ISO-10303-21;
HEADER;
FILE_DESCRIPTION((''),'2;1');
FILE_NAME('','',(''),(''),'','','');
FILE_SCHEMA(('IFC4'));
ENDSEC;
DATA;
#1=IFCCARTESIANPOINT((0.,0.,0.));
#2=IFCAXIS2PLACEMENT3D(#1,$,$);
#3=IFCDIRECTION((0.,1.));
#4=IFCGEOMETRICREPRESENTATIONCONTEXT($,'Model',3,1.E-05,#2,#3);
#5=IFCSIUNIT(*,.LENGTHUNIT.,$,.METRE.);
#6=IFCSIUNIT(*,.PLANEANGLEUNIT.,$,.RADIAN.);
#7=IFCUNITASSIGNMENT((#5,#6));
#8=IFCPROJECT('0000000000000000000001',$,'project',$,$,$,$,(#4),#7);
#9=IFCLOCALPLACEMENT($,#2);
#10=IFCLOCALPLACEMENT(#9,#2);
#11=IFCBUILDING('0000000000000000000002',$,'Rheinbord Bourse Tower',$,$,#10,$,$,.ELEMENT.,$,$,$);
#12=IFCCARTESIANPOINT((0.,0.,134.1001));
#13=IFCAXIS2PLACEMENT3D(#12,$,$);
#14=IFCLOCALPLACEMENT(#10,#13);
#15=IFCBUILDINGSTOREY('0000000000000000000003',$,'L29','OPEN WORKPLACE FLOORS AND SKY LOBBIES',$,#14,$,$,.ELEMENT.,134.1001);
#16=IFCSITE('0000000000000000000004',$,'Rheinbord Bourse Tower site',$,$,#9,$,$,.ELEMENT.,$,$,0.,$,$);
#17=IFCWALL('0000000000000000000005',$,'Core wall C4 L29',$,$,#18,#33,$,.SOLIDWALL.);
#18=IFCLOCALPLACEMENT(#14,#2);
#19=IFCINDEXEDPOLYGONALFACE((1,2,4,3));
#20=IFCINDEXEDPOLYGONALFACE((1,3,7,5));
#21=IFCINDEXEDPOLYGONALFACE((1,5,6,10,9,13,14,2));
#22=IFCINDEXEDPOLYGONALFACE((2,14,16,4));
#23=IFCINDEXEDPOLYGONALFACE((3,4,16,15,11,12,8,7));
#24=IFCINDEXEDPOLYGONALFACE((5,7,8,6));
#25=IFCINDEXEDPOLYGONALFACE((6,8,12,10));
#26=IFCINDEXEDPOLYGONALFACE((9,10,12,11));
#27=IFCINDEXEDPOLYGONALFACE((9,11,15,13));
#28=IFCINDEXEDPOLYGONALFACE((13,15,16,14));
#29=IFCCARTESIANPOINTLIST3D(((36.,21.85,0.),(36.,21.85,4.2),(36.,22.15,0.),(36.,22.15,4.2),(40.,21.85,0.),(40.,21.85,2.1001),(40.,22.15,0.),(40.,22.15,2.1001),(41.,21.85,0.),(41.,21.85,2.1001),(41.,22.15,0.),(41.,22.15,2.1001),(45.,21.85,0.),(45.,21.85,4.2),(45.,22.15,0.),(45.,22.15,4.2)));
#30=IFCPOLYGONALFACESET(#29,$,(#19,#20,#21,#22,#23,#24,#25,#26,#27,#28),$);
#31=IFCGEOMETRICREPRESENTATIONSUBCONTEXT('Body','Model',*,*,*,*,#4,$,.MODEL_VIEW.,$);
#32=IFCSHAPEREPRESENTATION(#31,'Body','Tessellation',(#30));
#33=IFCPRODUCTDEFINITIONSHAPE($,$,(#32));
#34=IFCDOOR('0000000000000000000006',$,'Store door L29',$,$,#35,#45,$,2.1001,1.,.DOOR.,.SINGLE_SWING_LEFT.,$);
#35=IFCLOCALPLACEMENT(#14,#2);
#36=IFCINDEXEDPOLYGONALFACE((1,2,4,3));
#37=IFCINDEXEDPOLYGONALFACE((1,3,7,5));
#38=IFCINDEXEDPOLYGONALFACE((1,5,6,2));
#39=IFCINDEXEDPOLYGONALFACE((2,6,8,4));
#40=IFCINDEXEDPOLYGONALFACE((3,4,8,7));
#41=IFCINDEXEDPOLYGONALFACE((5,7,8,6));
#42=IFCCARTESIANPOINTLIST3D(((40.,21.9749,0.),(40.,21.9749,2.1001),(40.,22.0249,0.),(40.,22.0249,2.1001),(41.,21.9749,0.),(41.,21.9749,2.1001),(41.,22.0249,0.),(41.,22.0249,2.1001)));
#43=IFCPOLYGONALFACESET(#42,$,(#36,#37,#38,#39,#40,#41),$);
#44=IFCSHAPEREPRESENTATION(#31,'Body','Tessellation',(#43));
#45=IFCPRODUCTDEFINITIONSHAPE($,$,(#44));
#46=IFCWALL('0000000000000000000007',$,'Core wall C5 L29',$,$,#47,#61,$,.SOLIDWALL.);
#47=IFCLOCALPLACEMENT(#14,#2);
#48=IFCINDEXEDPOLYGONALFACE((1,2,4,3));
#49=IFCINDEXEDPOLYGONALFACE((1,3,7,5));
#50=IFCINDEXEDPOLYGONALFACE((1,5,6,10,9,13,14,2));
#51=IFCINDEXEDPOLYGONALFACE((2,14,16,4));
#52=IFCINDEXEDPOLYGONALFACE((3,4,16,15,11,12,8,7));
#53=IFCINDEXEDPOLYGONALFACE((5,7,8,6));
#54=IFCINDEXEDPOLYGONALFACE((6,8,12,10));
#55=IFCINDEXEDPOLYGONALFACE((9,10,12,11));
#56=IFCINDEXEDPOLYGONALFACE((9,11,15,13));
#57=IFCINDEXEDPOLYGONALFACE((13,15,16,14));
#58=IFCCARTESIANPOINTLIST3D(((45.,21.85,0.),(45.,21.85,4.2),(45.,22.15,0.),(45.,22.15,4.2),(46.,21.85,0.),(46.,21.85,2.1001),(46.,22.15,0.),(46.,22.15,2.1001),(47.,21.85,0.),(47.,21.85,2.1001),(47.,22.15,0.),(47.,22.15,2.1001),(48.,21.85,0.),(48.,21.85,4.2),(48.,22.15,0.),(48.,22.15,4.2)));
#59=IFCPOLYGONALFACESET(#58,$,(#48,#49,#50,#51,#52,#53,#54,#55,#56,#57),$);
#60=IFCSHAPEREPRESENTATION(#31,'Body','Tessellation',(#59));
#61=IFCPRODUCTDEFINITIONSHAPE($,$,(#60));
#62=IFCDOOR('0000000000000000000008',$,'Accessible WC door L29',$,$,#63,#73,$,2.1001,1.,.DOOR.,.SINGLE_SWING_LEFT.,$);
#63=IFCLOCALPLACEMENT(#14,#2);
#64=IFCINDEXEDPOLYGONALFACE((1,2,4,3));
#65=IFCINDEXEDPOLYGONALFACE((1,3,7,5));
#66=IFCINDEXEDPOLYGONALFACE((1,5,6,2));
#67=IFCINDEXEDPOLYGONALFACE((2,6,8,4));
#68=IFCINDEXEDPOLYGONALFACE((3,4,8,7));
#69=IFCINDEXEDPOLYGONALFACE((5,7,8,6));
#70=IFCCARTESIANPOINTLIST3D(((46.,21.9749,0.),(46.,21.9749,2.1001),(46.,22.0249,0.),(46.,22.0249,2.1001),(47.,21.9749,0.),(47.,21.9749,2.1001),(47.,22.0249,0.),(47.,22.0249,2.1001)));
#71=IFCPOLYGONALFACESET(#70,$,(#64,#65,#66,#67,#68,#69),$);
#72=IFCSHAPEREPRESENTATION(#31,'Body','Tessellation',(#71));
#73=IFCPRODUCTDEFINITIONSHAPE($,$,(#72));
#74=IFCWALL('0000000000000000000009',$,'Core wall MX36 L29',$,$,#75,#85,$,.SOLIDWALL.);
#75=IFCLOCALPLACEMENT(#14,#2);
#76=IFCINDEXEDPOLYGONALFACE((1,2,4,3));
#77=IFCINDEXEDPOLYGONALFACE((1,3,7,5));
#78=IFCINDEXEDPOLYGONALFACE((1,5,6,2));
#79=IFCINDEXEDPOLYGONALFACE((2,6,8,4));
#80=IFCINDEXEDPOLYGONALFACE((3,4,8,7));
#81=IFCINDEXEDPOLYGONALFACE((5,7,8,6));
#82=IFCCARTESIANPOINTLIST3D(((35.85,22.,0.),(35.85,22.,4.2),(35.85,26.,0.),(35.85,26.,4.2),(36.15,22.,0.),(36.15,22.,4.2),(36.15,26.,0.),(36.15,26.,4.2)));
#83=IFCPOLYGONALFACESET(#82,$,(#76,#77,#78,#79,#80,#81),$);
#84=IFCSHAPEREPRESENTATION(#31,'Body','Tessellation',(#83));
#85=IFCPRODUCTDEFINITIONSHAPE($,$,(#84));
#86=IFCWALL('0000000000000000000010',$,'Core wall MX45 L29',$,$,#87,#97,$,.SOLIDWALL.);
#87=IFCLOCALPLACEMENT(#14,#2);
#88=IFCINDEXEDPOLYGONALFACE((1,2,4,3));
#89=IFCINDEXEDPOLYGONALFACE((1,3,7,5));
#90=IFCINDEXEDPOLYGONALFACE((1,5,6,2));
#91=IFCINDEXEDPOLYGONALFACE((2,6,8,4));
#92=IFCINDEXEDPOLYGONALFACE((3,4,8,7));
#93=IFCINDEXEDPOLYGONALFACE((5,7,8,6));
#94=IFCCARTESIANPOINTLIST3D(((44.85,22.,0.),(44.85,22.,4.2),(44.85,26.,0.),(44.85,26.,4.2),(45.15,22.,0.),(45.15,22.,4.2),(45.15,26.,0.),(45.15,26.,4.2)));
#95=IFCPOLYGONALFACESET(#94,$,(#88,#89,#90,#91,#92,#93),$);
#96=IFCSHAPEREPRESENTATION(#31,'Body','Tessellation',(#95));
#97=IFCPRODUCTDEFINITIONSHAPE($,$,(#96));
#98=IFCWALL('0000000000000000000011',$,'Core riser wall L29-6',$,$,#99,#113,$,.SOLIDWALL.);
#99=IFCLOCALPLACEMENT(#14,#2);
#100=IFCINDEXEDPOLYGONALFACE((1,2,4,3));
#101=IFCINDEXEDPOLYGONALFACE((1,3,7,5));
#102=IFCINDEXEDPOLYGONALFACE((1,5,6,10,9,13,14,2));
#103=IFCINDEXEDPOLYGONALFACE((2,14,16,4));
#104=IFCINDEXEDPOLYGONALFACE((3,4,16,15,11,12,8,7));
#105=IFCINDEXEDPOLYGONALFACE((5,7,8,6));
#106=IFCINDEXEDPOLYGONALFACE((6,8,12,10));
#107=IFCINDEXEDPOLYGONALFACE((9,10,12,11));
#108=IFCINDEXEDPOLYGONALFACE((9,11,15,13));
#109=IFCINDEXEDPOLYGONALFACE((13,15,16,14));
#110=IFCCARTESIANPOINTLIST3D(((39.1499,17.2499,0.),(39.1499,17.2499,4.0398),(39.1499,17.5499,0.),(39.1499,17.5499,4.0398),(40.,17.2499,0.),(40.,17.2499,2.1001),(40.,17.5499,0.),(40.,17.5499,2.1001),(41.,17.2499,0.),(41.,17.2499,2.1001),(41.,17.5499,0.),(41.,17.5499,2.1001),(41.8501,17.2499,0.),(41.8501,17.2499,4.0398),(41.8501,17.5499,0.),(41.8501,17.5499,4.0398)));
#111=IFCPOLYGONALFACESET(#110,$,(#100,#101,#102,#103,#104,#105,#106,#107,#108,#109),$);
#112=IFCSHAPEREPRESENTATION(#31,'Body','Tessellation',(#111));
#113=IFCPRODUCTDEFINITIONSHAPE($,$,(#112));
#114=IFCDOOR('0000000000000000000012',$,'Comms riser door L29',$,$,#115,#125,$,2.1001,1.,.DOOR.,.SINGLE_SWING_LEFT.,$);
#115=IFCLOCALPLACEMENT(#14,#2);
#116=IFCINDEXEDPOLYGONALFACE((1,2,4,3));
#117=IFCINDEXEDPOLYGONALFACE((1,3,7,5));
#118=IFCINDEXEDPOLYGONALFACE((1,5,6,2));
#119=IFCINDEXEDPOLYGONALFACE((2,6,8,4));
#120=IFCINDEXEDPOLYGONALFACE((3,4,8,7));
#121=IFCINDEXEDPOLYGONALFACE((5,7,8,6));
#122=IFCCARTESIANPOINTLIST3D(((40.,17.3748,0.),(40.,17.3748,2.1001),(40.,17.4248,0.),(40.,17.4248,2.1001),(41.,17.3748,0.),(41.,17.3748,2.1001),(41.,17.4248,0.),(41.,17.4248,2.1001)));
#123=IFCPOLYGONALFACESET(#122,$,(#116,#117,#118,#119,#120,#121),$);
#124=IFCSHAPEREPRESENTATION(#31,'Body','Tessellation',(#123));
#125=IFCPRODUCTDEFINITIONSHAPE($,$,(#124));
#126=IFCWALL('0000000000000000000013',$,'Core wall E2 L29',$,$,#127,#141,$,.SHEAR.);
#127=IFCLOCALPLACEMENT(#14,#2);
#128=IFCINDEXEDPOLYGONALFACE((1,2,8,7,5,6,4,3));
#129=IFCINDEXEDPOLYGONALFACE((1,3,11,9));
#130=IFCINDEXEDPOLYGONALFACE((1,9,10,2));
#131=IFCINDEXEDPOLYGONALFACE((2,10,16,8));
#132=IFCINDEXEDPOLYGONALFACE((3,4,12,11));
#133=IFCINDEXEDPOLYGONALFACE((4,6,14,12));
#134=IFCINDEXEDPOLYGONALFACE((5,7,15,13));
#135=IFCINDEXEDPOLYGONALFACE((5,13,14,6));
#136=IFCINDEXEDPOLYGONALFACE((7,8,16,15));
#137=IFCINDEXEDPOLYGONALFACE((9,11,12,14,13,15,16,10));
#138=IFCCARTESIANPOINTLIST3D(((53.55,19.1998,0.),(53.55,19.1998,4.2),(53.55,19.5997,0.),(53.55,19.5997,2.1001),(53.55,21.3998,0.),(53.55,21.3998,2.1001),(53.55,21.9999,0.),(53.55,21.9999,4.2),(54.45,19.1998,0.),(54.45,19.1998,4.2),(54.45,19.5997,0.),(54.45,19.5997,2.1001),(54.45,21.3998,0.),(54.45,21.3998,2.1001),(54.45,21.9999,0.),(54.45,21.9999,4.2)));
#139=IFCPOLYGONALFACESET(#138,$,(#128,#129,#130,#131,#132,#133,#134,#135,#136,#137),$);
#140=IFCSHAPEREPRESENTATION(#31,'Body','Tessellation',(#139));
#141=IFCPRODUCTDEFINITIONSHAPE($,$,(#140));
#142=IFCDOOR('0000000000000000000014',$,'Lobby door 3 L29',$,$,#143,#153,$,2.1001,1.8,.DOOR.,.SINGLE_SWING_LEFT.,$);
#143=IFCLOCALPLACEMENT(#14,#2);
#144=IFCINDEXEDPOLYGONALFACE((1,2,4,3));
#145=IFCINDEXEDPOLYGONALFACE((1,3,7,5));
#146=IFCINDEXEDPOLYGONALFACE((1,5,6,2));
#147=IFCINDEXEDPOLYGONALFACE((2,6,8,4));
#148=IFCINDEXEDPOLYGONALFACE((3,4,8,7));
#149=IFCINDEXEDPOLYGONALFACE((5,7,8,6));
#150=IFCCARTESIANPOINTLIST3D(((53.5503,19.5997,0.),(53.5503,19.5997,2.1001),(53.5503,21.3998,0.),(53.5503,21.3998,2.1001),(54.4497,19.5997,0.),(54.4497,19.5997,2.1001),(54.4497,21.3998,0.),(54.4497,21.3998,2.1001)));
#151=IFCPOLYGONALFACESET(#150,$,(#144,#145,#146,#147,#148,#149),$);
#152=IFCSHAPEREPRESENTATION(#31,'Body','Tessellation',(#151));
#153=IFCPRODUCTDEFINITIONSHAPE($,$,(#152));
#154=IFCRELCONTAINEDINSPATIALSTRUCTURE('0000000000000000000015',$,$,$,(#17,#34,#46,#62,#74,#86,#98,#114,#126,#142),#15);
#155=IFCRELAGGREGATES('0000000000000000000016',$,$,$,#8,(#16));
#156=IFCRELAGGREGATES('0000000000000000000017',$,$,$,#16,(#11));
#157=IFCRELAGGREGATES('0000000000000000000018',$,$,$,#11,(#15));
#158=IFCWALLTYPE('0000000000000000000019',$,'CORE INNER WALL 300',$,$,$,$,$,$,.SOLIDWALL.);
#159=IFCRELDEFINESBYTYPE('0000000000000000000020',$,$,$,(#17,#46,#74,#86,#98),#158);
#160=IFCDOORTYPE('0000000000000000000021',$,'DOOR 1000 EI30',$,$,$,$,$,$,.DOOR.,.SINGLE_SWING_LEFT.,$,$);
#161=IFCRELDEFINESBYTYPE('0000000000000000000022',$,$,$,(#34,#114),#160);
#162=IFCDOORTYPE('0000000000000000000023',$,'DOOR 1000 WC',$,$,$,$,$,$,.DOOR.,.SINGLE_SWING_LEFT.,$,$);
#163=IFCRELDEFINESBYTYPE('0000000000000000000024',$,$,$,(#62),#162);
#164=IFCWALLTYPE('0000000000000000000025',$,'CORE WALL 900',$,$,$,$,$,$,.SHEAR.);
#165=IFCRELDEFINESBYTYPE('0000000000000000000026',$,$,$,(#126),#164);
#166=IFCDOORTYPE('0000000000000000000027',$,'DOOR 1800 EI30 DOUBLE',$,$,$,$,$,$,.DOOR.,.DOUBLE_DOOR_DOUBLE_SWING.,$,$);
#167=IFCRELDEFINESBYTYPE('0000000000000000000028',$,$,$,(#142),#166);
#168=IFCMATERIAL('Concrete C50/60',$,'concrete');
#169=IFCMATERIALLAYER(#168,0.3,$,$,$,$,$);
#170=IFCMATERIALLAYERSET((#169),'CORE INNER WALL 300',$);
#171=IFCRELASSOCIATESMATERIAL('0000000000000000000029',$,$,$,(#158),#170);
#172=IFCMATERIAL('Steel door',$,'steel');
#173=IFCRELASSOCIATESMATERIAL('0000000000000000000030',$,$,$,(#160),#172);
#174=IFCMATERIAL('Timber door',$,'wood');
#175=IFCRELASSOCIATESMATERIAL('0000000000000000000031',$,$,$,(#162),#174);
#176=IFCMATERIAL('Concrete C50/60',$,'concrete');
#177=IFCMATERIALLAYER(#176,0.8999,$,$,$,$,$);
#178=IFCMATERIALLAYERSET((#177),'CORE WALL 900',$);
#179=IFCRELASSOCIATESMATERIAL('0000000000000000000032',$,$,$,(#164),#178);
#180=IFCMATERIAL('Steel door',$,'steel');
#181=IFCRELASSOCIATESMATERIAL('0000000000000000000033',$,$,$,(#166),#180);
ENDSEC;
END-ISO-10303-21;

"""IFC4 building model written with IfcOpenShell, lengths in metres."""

from ifc_helpers import new_model, si_unit, direction, frame, frame_2d, origin, place, context, subcontext, project, spatial, rectangle, extrude, material, layer, layer_set, type_object, element, fill, save


model = new_model("IFC4")

# Units and contexts
model_context = context("Model", 3, precision=1e-05, world=origin(), true_north=direction((0.0, 1.0)))
body_context = subcontext(model_context, "Body", "Model", "MODEL_VIEW")
ifc_project = project(units=[si_unit("LENGTHUNIT", "METRE"), si_unit("PLANEANGLEUNIT", "RADIAN")], contexts=[model_context])

# Site, building, storey
site_placement = place(None, origin())
site = spatial("IfcSite", under=ifc_project, at=site_placement, Name="Rheinbord Bourse Tower site", CompositionType="ELEMENT", RefElevation=0.0)
building_placement = place(site_placement, origin())
building = spatial("IfcBuilding", under=site, at=building_placement, Name="Rheinbord Bourse Tower", CompositionType="ELEMENT")
storey_placement = place(building_placement, frame((0.0, 0.0, 134.1001)))
storey = spatial("IfcBuildingStorey", under=building, at=storey_placement, Name="L29", Description="OPEN WORKPLACE FLOORS AND SKY LOBBIES", CompositionType="ELEMENT", Elevation=134.1001)

# Shared definitions
ifc_material_1 = material(Name="Concrete C50/60", Category="concrete")
ifc_layer_1 = layer(ifc_material_1, 0.3)
ifc_layer_set_1 = layer_set([ifc_layer_1], Name="CORE INNER WALL 300")
wall_type_1 = type_object("IfcWallType", Name="CORE INNER WALL 300", PredefinedType="SOLIDWALL", material=ifc_layer_set_1)
ifc_material_2 = material(Name="Steel door", Category="steel")
door_type_1 = type_object("IfcDoorType", Name="DOOR 1000 EI30", OperationType="SINGLE_SWING_LEFT", PredefinedType="DOOR", material=ifc_material_2)

# Walls, openings, doors
wall_1_placement = place(storey_placement, frame((36.0, 22.0, 0.0), z_axis=(0.0, 0.0, 1.0), x_axis=(1.0, 0.0, 0.0)))
wall_1 = element("IfcWall", 1, at=wall_1_placement, inside=storey, type_object=wall_type_1, Name="Core wall C4 L29", PredefinedType="SOLIDWALL", context=body_context, shape_type="SweptSolid", body=[
    extrude(rectangle(XDim=9.0, YDim=0.3, at=frame_2d((4.5, 0.0))), origin(), (0.0, 0.0, 1.0), 4.2),
])
opening_1_placement = place(wall_1_placement, frame((4.0, 0.0, 0.0)))
opening_1 = element("IfcOpeningElement", 2, at=opening_1_placement, cuts=wall_1, PredefinedType="OPENING", context=body_context, shape_type="SweptSolid", body=[
    extrude(rectangle(XDim=1.0, YDim=2.1001, at=frame_2d((0.5, 1.05))), frame((0.0, 0.1599, 0.0), z_axis=(0.0, -1.0, 0.0), x_axis=(1.0, 0.0, 0.0)), (0.0, 0.0, 1.0), 0.3201),
])
door_1_placement = place(opening_1_placement, origin())
door_1 = element("IfcDoor", 3, at=door_1_placement, inside=storey, type_object=door_type_1, Name="Store door L29", OperationType="SINGLE_SWING_LEFT", OverallHeight=2.1001, OverallWidth=1.0, PredefinedType="DOOR", context=body_context, shape_type="SweptSolid", body=[
    extrude(rectangle(XDim=1.0, YDim=2.1001, at=frame_2d((0.5, 1.05))), frame((0.0, 0.0249, 0.0), z_axis=(0.0, -1.0, 0.0), x_axis=(1.0, 0.0, 0.0)), (0.0, 0.0, 1.0), 0.05),
])
fill(opening_1, door_1)
wall_2_placement = place(storey_placement, frame((45.0, 22.0, 0.0), z_axis=(0.0, 0.0, 1.0), x_axis=(1.0, 0.0, 0.0)))
wall_2 = element("IfcWall", 4, at=wall_2_placement, inside=storey, type_object=wall_type_1, Name="Core wall C5 L29", PredefinedType="SOLIDWALL", context=body_context, shape_type="SweptSolid", body=[
    extrude(rectangle(XDim=3.0, YDim=0.3, at=frame_2d((1.5, 0.0))), origin(), (0.0, 0.0, 1.0), 4.2),
])
opening_2_placement = place(wall_2_placement, frame((1.0, 0.0, 0.0)))
opening_2 = element("IfcOpeningElement", 5, at=opening_2_placement, cuts=wall_2, PredefinedType="OPENING", context=body_context, shape_type="SweptSolid", body=[
    extrude(rectangle(XDim=1.0, YDim=2.1001, at=frame_2d((0.5, 1.05))), frame((0.0, 0.1599, 0.0), z_axis=(0.0, -1.0, 0.0), x_axis=(1.0, 0.0, 0.0)), (0.0, 0.0, 1.0), 0.3201),
])
ifc_material_3 = material(Name="Timber door", Category="wood")
door_type_2 = type_object("IfcDoorType", Name="DOOR 1000 WC", OperationType="SINGLE_SWING_LEFT", PredefinedType="DOOR", material=ifc_material_3)
door_2_placement = place(opening_2_placement, origin())
door_2 = element("IfcDoor", 6, at=door_2_placement, inside=storey, type_object=door_type_2, Name="Accessible WC door L29", OperationType="SINGLE_SWING_LEFT", OverallHeight=2.1001, OverallWidth=1.0, PredefinedType="DOOR", context=body_context, shape_type="SweptSolid", body=[
    extrude(rectangle(XDim=1.0, YDim=2.1001, at=frame_2d((0.5, 1.05))), frame((0.0, 0.0249, 0.0), z_axis=(0.0, -1.0, 0.0), x_axis=(1.0, 0.0, 0.0)), (0.0, 0.0, 1.0), 0.05),
])
fill(opening_2, door_2)

# Walls
for number, where, z_axis, x_axis, name in (
    (7, (36.0, 22.0, 0.0), (0.0, 0.0, 1.0), (0.0, 1.0, 0.0), "Core wall MX36 L29"),
    (8, (45.0, 22.0, 0.0), (0.0, 0.0, 1.0), (0.0, 1.0, 0.0), "Core wall MX45 L29"),
):
    element("IfcWall", number, at=place(storey_placement, frame(where, z_axis=z_axis, x_axis=x_axis)), inside=storey, type_object=wall_type_1, Name=name, PredefinedType="SOLIDWALL", context=body_context, shape_type="SweptSolid", body=[
        extrude(rectangle(XDim=4.0, YDim=0.3, at=frame_2d((2.0, 0.0))), origin(), (0.0, 0.0, 1.0), 4.2),
    ])

# Walls, openings, doors
wall_3_placement = place(storey_placement, frame((39.1499, 17.3999, 0.0), z_axis=(0.0, 0.0, 1.0), x_axis=(1.0, 0.0, 0.0)))
wall_3 = element("IfcWall", 9, at=wall_3_placement, inside=storey, type_object=wall_type_1, Name="Core riser wall L29-6", PredefinedType="SOLIDWALL", context=body_context, shape_type="SweptSolid", body=[
    extrude(rectangle(XDim=2.7002, YDim=0.3, at=frame_2d((1.3501, 0.0))), origin(), (0.0, 0.0, 1.0), 4.0398),
])
opening_3_placement = place(wall_3_placement, frame((0.8501, 0.0, 0.0)))
opening_3 = element("IfcOpeningElement", 10, at=opening_3_placement, cuts=wall_3, PredefinedType="OPENING", context=body_context, shape_type="SweptSolid", body=[
    extrude(rectangle(XDim=1.0, YDim=2.1001, at=frame_2d((0.5, 1.05))), frame((0.0, 0.1599, 0.0), z_axis=(0.0, -1.0, 0.0), x_axis=(1.0, 0.0, 0.0)), (0.0, 0.0, 1.0), 0.3201),
])
door_3_placement = place(opening_3_placement, origin())
door_3 = element("IfcDoor", 11, at=door_3_placement, inside=storey, type_object=door_type_1, Name="Comms riser door L29", OperationType="SINGLE_SWING_LEFT", OverallHeight=2.1001, OverallWidth=1.0, PredefinedType="DOOR", context=body_context, shape_type="SweptSolid", body=[
    extrude(rectangle(XDim=1.0, YDim=2.1001, at=frame_2d((0.5, 1.05))), frame((0.0, 0.0249, 0.0), z_axis=(0.0, -1.0, 0.0), x_axis=(1.0, 0.0, 0.0)), (0.0, 0.0, 1.0), 0.05),
])
fill(opening_3, door_3)
ifc_material_4 = material(Name="Concrete C50/60", Category="concrete")
ifc_layer_2 = layer(ifc_material_4, 0.8999)
ifc_layer_set_2 = layer_set([ifc_layer_2], Name="CORE WALL 900")
wall_type_2 = type_object("IfcWallType", Name="CORE WALL 900", PredefinedType="SHEAR", material=ifc_layer_set_2)
wall_4_placement = place(storey_placement, frame((54.0, 19.2, 0.0), z_axis=(0.0, 0.0, 1.0), x_axis=(0.0, 1.0, 0.0)))
wall_4 = element("IfcWall", 12, at=wall_4_placement, inside=storey, type_object=wall_type_2, Name="Core wall E2 L29", PredefinedType="SHEAR", context=body_context, shape_type="SweptSolid", body=[
    extrude(rectangle(XDim=2.8, YDim=0.8999, at=frame_2d((1.3999, 0.0))), origin(), (0.0, 0.0, 1.0), 4.2),
])
opening_4_placement = place(wall_4_placement, frame((0.3999, 0.0, 0.0)))
opening_4 = element("IfcOpeningElement", 13, at=opening_4_placement, cuts=wall_4, PredefinedType="OPENING", context=body_context, shape_type="SweptSolid", body=[
    extrude(rectangle(XDim=1.8, YDim=2.1001, at=frame_2d((0.8999, 1.05))), frame((0.0, 0.46, 0.0), z_axis=(0.0, -1.0, 0.0), x_axis=(1.0, 0.0, 0.0)), (0.0, 0.0, 1.0), 0.9199),
])
ifc_material_5 = material(Name="Steel door", Category="steel")
door_type_3 = type_object("IfcDoorType", Name="DOOR 1800 EI30 DOUBLE", OperationType="DOUBLE_DOOR_DOUBLE_SWING", PredefinedType="DOOR", material=ifc_material_5)
door_4_placement = place(opening_4_placement, origin())
door_4 = element("IfcDoor", 14, at=door_4_placement, inside=storey, type_object=door_type_3, Name="Lobby door 3 L29", OperationType="SINGLE_SWING_LEFT", OverallHeight=2.1001, OverallWidth=1.8, PredefinedType="DOOR", context=body_context, shape_type="SweptSolid", body=[
    extrude(rectangle(XDim=1.8, YDim=2.1001, at=frame_2d((0.8999, 1.05))), frame((0.0, 0.4497, 0.0), z_axis=(0.0, -1.0, 0.0), x_axis=(1.0, 0.0, 0.0)), (0.0, 0.0, 1.0), 0.8994),
])
fill(opening_4, door_4)

save(model, "model.ifc")
